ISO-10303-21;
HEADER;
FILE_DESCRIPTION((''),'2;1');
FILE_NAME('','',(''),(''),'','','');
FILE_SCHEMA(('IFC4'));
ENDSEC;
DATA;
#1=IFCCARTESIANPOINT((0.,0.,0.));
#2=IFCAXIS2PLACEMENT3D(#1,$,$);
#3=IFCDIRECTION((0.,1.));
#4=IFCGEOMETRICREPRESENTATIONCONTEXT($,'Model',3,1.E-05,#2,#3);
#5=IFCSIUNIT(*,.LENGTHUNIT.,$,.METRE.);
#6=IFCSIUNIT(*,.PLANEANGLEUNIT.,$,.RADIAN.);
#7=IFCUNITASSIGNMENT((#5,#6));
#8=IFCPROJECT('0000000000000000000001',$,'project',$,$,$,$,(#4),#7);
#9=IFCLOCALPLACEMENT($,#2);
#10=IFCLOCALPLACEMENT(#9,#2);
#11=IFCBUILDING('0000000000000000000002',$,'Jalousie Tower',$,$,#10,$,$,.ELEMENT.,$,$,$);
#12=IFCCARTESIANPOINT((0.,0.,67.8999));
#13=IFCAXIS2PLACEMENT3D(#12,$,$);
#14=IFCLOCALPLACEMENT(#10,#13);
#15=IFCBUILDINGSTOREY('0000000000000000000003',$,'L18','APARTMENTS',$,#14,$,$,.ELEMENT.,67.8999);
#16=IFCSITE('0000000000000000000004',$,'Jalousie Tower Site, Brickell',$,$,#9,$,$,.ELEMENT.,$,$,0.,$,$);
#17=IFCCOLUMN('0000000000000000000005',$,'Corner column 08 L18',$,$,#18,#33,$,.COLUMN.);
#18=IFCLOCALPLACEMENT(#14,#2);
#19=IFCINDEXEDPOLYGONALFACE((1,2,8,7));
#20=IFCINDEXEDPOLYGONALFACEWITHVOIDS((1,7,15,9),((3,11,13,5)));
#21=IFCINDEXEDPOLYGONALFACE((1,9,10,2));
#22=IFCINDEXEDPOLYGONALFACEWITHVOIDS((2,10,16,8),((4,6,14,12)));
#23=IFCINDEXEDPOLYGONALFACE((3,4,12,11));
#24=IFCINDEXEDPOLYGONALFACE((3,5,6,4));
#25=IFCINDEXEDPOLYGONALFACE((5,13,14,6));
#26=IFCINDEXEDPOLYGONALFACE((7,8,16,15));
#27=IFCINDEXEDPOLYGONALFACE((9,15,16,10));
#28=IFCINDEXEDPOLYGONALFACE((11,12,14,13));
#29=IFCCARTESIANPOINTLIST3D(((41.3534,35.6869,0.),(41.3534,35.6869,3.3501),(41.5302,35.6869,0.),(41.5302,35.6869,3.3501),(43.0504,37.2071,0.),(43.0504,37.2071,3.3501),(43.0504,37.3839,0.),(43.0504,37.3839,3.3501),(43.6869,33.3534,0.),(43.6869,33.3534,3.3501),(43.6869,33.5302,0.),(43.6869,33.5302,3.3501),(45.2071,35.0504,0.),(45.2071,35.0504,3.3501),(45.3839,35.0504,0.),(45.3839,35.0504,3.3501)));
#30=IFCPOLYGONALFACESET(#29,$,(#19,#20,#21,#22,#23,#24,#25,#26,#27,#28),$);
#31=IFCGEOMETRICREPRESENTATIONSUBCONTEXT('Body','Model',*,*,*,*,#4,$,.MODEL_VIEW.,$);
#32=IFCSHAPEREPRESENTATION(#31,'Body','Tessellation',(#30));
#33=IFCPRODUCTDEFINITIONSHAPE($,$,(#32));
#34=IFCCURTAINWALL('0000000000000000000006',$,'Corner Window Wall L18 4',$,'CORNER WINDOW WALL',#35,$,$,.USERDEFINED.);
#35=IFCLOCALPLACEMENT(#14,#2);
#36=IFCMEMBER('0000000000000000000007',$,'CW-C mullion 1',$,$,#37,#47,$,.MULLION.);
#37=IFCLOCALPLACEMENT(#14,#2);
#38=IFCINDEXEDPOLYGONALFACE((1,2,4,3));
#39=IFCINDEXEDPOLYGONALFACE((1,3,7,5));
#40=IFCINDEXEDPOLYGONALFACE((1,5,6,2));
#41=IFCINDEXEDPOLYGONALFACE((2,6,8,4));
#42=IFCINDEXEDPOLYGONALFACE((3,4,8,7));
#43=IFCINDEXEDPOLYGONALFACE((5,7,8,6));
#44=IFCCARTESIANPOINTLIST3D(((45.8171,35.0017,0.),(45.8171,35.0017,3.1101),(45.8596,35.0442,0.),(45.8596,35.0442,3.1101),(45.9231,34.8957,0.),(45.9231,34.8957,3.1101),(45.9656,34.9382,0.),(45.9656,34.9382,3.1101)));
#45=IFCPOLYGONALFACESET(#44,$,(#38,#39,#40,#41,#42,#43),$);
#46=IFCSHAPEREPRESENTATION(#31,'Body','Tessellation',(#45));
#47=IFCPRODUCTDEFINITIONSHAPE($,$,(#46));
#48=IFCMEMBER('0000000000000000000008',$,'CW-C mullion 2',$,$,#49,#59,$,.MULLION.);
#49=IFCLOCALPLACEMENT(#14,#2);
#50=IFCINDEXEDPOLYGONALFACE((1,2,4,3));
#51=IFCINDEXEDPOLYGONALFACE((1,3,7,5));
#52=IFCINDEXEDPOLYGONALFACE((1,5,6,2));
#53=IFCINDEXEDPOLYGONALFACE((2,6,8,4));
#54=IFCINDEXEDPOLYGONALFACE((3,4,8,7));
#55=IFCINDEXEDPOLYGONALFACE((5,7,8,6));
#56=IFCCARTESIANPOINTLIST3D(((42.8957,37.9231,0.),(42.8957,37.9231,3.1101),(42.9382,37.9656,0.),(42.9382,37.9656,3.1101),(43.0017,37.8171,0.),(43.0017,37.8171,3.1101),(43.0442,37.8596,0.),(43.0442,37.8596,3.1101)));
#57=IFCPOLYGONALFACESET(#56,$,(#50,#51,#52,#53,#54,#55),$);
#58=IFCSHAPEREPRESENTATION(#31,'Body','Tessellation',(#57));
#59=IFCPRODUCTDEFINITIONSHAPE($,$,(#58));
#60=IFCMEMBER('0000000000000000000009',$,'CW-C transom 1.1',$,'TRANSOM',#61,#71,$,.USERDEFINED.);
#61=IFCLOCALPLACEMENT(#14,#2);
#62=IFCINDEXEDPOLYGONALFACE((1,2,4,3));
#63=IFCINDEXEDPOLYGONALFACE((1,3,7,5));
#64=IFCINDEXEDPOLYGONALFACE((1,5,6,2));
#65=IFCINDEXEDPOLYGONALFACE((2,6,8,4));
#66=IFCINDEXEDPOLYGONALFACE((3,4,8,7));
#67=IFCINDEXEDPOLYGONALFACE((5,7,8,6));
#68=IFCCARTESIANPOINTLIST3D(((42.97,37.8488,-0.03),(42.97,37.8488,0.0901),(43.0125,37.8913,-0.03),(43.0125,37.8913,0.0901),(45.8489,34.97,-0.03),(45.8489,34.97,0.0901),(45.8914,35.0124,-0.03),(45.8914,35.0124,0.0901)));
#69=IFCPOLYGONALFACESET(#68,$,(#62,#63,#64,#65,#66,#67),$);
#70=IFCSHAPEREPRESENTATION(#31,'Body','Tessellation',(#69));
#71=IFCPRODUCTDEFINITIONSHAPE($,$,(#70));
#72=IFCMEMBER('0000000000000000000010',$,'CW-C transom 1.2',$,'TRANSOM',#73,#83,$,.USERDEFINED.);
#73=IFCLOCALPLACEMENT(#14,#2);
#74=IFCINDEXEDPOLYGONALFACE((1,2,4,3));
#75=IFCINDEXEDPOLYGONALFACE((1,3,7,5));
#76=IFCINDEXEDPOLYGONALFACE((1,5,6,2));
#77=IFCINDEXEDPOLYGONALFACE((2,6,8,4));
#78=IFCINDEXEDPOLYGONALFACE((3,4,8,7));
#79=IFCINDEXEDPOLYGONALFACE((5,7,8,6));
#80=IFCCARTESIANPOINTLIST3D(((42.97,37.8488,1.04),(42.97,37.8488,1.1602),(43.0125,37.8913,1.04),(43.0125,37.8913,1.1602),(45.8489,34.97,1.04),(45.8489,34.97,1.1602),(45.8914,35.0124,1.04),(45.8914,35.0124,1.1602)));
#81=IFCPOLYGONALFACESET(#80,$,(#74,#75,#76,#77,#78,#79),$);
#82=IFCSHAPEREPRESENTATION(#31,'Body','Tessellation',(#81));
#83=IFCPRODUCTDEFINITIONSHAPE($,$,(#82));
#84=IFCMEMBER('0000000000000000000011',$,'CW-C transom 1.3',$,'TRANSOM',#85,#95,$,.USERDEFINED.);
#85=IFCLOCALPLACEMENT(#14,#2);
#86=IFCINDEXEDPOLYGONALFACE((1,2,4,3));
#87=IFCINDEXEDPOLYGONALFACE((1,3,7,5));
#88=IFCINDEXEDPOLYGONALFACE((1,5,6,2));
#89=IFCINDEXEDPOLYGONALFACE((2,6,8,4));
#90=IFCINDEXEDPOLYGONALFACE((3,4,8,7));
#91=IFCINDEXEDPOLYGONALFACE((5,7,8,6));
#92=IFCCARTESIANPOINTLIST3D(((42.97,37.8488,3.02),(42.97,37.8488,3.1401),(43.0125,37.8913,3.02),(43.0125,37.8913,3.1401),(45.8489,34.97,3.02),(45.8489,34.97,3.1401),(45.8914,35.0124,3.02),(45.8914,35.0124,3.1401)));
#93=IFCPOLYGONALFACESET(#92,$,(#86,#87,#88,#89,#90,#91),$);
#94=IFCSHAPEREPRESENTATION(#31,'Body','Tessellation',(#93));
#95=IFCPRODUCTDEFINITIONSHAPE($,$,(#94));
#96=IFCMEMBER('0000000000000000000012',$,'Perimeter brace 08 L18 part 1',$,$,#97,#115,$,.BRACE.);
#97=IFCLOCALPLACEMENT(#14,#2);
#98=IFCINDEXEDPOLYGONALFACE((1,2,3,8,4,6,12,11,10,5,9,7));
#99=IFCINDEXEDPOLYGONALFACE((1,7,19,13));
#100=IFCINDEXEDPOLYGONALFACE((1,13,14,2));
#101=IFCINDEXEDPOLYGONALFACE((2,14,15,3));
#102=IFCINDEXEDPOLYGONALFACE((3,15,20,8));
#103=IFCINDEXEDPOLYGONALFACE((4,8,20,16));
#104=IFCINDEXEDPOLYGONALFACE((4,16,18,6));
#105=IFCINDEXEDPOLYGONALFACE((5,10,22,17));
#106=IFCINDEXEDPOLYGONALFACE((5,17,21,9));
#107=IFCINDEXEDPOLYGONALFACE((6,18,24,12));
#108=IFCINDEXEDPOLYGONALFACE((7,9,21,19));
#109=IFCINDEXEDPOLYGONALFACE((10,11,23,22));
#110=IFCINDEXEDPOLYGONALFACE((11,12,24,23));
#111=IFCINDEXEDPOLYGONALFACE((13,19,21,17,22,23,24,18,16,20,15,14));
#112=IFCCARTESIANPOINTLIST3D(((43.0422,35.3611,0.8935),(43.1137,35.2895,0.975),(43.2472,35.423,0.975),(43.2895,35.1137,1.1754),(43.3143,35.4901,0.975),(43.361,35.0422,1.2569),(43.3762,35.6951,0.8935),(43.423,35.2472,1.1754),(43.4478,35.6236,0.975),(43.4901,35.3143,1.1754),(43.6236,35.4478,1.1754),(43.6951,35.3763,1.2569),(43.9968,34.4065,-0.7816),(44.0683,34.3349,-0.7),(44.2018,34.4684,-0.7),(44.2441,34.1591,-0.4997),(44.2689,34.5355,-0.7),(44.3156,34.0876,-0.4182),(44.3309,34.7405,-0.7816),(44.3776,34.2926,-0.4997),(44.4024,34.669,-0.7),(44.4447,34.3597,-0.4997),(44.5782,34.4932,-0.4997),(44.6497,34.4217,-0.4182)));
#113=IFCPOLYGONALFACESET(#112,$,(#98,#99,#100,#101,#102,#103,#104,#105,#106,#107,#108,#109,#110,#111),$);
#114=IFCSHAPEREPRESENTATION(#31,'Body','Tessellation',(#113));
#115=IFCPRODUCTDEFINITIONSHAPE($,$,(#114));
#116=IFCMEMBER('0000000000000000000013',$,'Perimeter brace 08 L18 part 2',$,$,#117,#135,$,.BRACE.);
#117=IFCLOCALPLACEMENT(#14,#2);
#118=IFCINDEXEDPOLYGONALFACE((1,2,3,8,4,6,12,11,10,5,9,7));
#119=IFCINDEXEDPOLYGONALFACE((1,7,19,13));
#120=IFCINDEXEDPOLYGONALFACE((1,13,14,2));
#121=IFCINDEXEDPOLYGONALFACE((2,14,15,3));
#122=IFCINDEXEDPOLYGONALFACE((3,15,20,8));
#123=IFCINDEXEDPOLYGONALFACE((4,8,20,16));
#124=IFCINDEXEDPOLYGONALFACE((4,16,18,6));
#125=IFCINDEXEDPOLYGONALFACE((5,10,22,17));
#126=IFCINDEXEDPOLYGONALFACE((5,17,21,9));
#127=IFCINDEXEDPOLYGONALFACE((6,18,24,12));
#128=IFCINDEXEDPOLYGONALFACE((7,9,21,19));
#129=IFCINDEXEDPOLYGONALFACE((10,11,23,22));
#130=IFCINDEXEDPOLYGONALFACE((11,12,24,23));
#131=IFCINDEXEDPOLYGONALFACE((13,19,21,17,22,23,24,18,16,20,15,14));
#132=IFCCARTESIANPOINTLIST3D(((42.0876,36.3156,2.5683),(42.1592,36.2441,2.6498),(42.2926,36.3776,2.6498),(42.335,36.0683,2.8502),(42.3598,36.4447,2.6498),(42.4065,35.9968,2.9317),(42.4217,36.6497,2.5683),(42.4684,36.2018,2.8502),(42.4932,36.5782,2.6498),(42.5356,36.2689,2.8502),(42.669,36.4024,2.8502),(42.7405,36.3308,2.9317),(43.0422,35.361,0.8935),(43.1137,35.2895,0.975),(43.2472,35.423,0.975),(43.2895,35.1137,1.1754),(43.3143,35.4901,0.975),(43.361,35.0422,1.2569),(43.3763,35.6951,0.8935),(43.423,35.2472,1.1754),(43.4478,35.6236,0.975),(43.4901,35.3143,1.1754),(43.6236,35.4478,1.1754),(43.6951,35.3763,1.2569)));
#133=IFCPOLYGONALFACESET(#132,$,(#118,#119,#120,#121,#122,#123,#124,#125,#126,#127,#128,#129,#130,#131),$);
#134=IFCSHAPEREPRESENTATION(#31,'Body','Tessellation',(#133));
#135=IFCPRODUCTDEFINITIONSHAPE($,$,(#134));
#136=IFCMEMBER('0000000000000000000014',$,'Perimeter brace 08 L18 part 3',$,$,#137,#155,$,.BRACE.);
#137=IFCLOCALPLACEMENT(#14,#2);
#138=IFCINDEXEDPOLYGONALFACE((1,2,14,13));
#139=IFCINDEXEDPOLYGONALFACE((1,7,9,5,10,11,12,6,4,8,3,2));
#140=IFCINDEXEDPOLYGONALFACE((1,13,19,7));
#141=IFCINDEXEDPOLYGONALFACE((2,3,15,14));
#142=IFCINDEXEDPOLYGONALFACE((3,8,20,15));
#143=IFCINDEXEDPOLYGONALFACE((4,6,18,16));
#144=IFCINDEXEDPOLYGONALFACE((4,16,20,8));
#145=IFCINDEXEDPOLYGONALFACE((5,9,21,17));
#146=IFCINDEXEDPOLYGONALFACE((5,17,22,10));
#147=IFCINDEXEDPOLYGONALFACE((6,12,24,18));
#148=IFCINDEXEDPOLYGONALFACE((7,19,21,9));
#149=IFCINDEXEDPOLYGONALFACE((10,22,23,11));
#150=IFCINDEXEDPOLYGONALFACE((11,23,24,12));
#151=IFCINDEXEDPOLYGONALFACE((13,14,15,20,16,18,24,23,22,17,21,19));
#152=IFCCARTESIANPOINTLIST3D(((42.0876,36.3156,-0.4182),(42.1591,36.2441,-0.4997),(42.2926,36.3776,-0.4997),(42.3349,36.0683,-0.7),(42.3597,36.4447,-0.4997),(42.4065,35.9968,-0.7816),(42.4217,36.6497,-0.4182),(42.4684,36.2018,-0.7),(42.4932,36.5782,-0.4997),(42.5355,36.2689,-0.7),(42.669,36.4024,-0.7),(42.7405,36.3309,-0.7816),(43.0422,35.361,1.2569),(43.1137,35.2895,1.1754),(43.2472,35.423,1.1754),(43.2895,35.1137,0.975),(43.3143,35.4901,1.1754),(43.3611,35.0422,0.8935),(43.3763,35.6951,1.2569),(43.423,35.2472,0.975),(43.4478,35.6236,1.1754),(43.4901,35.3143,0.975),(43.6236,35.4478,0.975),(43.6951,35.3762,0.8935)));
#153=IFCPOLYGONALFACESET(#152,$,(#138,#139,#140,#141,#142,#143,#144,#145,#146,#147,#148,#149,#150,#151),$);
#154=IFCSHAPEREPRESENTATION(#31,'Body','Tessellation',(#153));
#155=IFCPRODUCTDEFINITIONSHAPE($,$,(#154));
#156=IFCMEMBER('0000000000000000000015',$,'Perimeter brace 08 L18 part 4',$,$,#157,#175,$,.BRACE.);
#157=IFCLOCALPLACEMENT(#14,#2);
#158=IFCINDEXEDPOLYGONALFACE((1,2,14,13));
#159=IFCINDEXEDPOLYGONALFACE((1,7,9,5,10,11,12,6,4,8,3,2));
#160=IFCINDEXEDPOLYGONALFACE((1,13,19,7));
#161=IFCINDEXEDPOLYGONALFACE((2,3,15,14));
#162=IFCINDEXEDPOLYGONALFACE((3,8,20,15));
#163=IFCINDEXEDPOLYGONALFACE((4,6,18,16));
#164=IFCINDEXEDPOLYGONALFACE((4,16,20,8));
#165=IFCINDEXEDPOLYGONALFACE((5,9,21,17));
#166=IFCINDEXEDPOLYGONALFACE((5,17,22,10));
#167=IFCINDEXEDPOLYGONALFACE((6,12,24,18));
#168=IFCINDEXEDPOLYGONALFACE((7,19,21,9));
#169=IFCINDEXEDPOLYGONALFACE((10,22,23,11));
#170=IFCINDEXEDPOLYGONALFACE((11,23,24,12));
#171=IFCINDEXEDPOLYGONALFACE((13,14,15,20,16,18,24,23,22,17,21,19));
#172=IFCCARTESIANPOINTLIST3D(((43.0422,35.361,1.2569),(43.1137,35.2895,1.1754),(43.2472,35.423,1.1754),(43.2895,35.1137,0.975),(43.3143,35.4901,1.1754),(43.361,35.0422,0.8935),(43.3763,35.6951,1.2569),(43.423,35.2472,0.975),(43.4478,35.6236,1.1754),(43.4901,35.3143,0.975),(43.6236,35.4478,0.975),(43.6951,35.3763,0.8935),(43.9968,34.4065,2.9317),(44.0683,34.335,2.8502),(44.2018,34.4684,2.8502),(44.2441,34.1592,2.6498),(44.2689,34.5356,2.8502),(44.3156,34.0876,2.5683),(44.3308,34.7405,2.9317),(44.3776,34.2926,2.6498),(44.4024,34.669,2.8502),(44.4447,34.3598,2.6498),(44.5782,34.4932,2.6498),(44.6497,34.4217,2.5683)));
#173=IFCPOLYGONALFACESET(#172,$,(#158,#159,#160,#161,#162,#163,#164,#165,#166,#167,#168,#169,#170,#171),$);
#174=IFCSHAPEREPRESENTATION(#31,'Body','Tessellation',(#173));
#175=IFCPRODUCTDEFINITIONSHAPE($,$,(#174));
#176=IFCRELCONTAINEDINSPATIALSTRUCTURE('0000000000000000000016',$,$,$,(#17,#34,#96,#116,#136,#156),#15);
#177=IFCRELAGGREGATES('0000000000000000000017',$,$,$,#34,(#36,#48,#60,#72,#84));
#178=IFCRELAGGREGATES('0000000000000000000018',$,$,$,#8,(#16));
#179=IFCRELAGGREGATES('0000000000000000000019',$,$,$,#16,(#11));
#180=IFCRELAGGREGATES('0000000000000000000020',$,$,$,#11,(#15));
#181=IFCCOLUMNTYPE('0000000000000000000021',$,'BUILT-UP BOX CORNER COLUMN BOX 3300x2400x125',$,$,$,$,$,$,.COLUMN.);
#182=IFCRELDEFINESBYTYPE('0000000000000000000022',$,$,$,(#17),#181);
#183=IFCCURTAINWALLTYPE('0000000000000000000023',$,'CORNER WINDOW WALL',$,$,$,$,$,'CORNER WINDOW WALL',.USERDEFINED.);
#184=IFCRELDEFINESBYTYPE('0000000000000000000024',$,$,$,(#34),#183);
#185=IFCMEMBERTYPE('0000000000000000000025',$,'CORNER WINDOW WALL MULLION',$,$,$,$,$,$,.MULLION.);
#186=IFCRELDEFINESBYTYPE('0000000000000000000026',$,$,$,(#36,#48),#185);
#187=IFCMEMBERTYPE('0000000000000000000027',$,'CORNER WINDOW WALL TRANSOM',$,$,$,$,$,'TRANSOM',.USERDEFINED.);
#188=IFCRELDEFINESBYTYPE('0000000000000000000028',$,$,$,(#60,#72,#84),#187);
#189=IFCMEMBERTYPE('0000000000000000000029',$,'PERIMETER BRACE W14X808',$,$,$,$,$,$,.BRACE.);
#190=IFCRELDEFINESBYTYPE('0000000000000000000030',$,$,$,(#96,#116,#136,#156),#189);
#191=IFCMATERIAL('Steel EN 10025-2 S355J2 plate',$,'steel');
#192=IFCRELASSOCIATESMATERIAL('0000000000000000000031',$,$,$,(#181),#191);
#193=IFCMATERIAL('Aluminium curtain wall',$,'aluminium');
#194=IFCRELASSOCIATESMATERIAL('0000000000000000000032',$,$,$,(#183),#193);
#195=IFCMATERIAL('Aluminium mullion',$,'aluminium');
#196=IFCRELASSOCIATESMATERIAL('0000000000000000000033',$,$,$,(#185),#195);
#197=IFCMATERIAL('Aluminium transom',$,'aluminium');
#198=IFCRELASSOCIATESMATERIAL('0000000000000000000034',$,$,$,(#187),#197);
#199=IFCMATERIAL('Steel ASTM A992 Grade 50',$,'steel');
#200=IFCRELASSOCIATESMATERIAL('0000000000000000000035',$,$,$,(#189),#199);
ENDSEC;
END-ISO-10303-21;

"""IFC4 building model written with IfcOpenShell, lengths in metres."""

from ifc_helpers import new_model, si_unit, direction, frame, origin, origin_2d, place, context, subcontext, project, spatial, rectangle, hollow_rectangle, i_section, extrude, material, material_profile, profile_set, type_object, element, aggregate, save


model = new_model("IFC4")

# Units and contexts
model_context = context("Model", 3, precision=1e-05, world=origin(), true_north=direction((0.0, 1.0)))
body_context = subcontext(model_context, "Body", "Model", "MODEL_VIEW")
ifc_project = project(units=[si_unit("LENGTHUNIT", "METRE"), si_unit("PLANEANGLEUNIT", "RADIAN")], contexts=[model_context])

# Site, building, storey
site_placement = place(None, origin())
site = spatial("IfcSite", under=ifc_project, at=site_placement, Name="Jalousie Tower Site, Brickell", CompositionType="ELEMENT", RefElevation=0.0)
building_placement = place(site_placement, origin())
building = spatial("IfcBuilding", under=site, at=building_placement, Name="Jalousie Tower", CompositionType="ELEMENT")
storey_placement = place(building_placement, frame((0.0, 0.0, 67.8999)))
storey = spatial("IfcBuildingStorey", under=building, at=storey_placement, Name="L18", Description="APARTMENTS", CompositionType="ELEMENT", Elevation=67.8999)

# Column
ifc_material_1 = material(Name="Steel EN 10025-2 S355J2 plate", Category="steel")
ifc_material_profile_1 = material_profile(ifc_material_1, hollow_rectangle(XDim=2.3999, YDim=3.3, WallThickness=0.125, at=origin_2d()), Name="BOX 3300x2400x125")
ifc_profile_set_1 = profile_set([ifc_material_profile_1], Name="Steel EN 10025-2 S355J2 plate")
column_type = type_object("IfcColumnType", Name="BUILT-UP BOX CORNER COLUMN BOX 3300x2400x125", PredefinedType="COLUMN", material=ifc_profile_set_1)
column_placement = place(storey_placement, frame((43.3687, 35.3687, 0.0), z_axis=(0.0, 0.0, 1.0), x_axis=(-0.707107, -0.707107, 0.0)))
element("IfcColumn", 1, at=column_placement, inside=storey, type_object=column_type, Name="Corner column 08 L18", PredefinedType="COLUMN", context=body_context, shape_type="SweptSolid", body=[
    extrude(hollow_rectangle(XDim=2.3999, YDim=3.3, WallThickness=0.125, at=origin_2d()), origin(), (0.0, 0.0, 1.0), 3.3501),
])

# Curtain wall, members
ifc_material_2 = material(Name="Aluminium curtain wall", Category="aluminium")
curtain_wall_type_1 = type_object("IfcCurtainWallType", Name="CORNER WINDOW WALL", ElementType="CORNER WINDOW WALL", PredefinedType="USERDEFINED", material=ifc_material_2)
curtain_wall_1_placement = place(storey_placement, origin())
curtain_wall_1 = element("IfcCurtainWall", 2, at=curtain_wall_1_placement, inside=storey, type_object=curtain_wall_type_1, Name="Corner Window Wall L18 4", ObjectType="CORNER WINDOW WALL", PredefinedType="USERDEFINED")
ifc_material_3 = material(Name="Aluminium mullion", Category="aluminium")
ifc_material_profile_2 = material_profile(ifc_material_3, rectangle(XDim=0.0601, YDim=0.1499, at=origin_2d()), Name="MULLION 60x150")
ifc_profile_set_2 = profile_set([ifc_material_profile_2], Name="Aluminium mullion")
member_type_1 = type_object("IfcMemberType", Name="CORNER WINDOW WALL MULLION", PredefinedType="MULLION", material=ifc_profile_set_2)
member_1_placement = place(storey_placement, frame((45.8914, 34.97, 0.0), z_axis=(0.0, 0.0, 1.0), x_axis=(-0.707107, -0.707107, 0.0)))
member_1 = element("IfcMember", 3, at=member_1_placement, type_object=member_type_1, Name="CW-C mullion 1", PredefinedType="MULLION", context=body_context, shape_type="SweptSolid", body=[
    extrude(rectangle(XDim=0.0601, YDim=0.1499, at=origin_2d()), origin(), (0.0, 0.0, 1.0), 3.1101),
])
member_2_placement = place(storey_placement, frame((42.97, 37.8914, 0.0), z_axis=(0.0, 0.0, 1.0), x_axis=(-0.707107, -0.707107, 0.0)))
member_2 = element("IfcMember", 4, at=member_2_placement, type_object=member_type_1, Name="CW-C mullion 2", PredefinedType="MULLION", context=body_context, shape_type="SweptSolid", body=[
    extrude(rectangle(XDim=0.0601, YDim=0.1499, at=origin_2d()), origin(), (0.0, 0.0, 1.0), 3.1101),
])
ifc_material_4 = material(Name="Aluminium transom", Category="aluminium")
ifc_material_profile_3 = material_profile(ifc_material_4, rectangle(XDim=0.0601, YDim=0.1201, at=origin_2d()), Name="TRANSOM 60x120")
ifc_profile_set_3 = profile_set([ifc_material_profile_3], Name="Aluminium transom")
member_type_2 = type_object("IfcMemberType", Name="CORNER WINDOW WALL TRANSOM", ElementType="TRANSOM", PredefinedType="USERDEFINED", material=ifc_profile_set_3)
member_3_placement = place(storey_placement, frame((45.8701, 34.9912, 0.03), z_axis=(-0.707107, 0.707107, 0.0), x_axis=(-0.707107, -0.707107, 0.0)))
member_3 = element("IfcMember", 5, at=member_3_placement, type_object=member_type_2, Name="CW-C transom 1.1", ObjectType="TRANSOM", PredefinedType="USERDEFINED", context=body_context, shape_type="SweptSolid", body=[
    extrude(rectangle(XDim=0.0601, YDim=0.1201, at=origin_2d()), origin(), (0.0, 0.0, 1.0), 4.0713),
])
member_4_placement = place(storey_placement, frame((45.8701, 34.9912, 1.1001), z_axis=(-0.707107, 0.707107, 0.0), x_axis=(-0.707107, -0.707107, 0.0)))
member_4 = element("IfcMember", 6, at=member_4_placement, type_object=member_type_2, Name="CW-C transom 1.2", ObjectType="TRANSOM", PredefinedType="USERDEFINED", context=body_context, shape_type="SweptSolid", body=[
    extrude(rectangle(XDim=0.0601, YDim=0.1201, at=origin_2d()), origin(), (0.0, 0.0, 1.0), 4.0713),
])
member_5_placement = place(storey_placement, frame((45.8701, 34.9912, 3.0801), z_axis=(-0.707107, 0.707107, 0.0), x_axis=(-0.707107, -0.707107, 0.0)))
member_5 = element("IfcMember", 7, at=member_5_placement, type_object=member_type_2, Name="CW-C transom 1.3", ObjectType="TRANSOM", PredefinedType="USERDEFINED", context=body_context, shape_type="SweptSolid", body=[
    extrude(rectangle(XDim=0.0601, YDim=0.1201, at=origin_2d()), origin(), (0.0, 0.0, 1.0), 4.0713),
])

# Members
ifc_material_5 = material(Name="Steel ASTM A992 Grade 50", Category="steel")
ifc_material_profile_4 = material_profile(ifc_material_5, i_section(OverallWidth=0.4724, OverallDepth=0.5791, WebThickness=0.095, FlangeThickness=0.1299, at=origin_2d()), Name="W14X808")
ifc_profile_set_4 = profile_set([ifc_material_profile_4], Name="Steel ASTM A992 Grade 50")
member_type_3 = type_object("IfcMemberType", Name="PERIMETER BRACE W14X808", PredefinedType="BRACE", material=ifc_profile_set_4)
member_6_placement = place(storey_placement, frame((44.3232, 34.4141, -0.5999), z_axis=(-0.443718, 0.443718, 0.778607), x_axis=(-0.707107, -0.707107, 0.0)))
element("IfcMember", 8, at=member_6_placement, inside=storey, type_object=member_type_3, Name="Perimeter brace 08 L18 part 1", PredefinedType="BRACE", context=body_context, shape_type="SweptSolid", body=[
    extrude(i_section(OverallWidth=0.4724, OverallDepth=0.5791, WebThickness=0.095, FlangeThickness=0.1299, at=origin_2d()), origin(), (0.0, 0.0, 1.0), 2.1514),
])
member_7_placement = place(storey_placement, frame((43.3687, 35.3687, 1.0752), z_axis=(-0.443758, 0.443758, 0.778562), x_axis=(-0.707107, -0.707107, 0.0)))
element("IfcMember", 9, at=member_7_placement, inside=storey, type_object=member_type_3, Name="Perimeter brace 08 L18 part 2", PredefinedType="BRACE", context=body_context, shape_type="SweptSolid", body=[
    extrude(i_section(OverallWidth=0.4724, OverallDepth=0.5791, WebThickness=0.095, FlangeThickness=0.1299, at=origin_2d()), origin(), (0.0, 0.0, 1.0), 2.1511),
])
member_8_placement = place(storey_placement, frame((42.4141, 36.3232, -0.5999), z_axis=(0.443718, -0.443718, 0.778607), x_axis=(0.707107, 0.707107, 0.0)))
element("IfcMember", 10, at=member_8_placement, inside=storey, type_object=member_type_3, Name="Perimeter brace 08 L18 part 3", PredefinedType="BRACE", context=body_context, shape_type="SweptSolid", body=[
    extrude(i_section(OverallWidth=0.4724, OverallDepth=0.5791, WebThickness=0.095, FlangeThickness=0.1299, at=origin_2d()), origin(), (0.0, 0.0, 1.0), 2.1514),
])
member_9_placement = place(storey_placement, frame((43.3687, 35.3687, 1.0752), z_axis=(0.443758, -0.443758, 0.778562), x_axis=(0.707107, 0.707107, 0.0)))
element("IfcMember", 11, at=member_9_placement, inside=storey, type_object=member_type_3, Name="Perimeter brace 08 L18 part 4", PredefinedType="BRACE", context=body_context, shape_type="SweptSolid", body=[
    extrude(i_section(OverallWidth=0.4724, OverallDepth=0.5791, WebThickness=0.095, FlangeThickness=0.1299, at=origin_2d()), origin(), (0.0, 0.0, 1.0), 2.1511),
])

aggregate(curtain_wall_1, [member_1, member_2, member_3, member_4, member_5])

save(model, "model.ifc")
